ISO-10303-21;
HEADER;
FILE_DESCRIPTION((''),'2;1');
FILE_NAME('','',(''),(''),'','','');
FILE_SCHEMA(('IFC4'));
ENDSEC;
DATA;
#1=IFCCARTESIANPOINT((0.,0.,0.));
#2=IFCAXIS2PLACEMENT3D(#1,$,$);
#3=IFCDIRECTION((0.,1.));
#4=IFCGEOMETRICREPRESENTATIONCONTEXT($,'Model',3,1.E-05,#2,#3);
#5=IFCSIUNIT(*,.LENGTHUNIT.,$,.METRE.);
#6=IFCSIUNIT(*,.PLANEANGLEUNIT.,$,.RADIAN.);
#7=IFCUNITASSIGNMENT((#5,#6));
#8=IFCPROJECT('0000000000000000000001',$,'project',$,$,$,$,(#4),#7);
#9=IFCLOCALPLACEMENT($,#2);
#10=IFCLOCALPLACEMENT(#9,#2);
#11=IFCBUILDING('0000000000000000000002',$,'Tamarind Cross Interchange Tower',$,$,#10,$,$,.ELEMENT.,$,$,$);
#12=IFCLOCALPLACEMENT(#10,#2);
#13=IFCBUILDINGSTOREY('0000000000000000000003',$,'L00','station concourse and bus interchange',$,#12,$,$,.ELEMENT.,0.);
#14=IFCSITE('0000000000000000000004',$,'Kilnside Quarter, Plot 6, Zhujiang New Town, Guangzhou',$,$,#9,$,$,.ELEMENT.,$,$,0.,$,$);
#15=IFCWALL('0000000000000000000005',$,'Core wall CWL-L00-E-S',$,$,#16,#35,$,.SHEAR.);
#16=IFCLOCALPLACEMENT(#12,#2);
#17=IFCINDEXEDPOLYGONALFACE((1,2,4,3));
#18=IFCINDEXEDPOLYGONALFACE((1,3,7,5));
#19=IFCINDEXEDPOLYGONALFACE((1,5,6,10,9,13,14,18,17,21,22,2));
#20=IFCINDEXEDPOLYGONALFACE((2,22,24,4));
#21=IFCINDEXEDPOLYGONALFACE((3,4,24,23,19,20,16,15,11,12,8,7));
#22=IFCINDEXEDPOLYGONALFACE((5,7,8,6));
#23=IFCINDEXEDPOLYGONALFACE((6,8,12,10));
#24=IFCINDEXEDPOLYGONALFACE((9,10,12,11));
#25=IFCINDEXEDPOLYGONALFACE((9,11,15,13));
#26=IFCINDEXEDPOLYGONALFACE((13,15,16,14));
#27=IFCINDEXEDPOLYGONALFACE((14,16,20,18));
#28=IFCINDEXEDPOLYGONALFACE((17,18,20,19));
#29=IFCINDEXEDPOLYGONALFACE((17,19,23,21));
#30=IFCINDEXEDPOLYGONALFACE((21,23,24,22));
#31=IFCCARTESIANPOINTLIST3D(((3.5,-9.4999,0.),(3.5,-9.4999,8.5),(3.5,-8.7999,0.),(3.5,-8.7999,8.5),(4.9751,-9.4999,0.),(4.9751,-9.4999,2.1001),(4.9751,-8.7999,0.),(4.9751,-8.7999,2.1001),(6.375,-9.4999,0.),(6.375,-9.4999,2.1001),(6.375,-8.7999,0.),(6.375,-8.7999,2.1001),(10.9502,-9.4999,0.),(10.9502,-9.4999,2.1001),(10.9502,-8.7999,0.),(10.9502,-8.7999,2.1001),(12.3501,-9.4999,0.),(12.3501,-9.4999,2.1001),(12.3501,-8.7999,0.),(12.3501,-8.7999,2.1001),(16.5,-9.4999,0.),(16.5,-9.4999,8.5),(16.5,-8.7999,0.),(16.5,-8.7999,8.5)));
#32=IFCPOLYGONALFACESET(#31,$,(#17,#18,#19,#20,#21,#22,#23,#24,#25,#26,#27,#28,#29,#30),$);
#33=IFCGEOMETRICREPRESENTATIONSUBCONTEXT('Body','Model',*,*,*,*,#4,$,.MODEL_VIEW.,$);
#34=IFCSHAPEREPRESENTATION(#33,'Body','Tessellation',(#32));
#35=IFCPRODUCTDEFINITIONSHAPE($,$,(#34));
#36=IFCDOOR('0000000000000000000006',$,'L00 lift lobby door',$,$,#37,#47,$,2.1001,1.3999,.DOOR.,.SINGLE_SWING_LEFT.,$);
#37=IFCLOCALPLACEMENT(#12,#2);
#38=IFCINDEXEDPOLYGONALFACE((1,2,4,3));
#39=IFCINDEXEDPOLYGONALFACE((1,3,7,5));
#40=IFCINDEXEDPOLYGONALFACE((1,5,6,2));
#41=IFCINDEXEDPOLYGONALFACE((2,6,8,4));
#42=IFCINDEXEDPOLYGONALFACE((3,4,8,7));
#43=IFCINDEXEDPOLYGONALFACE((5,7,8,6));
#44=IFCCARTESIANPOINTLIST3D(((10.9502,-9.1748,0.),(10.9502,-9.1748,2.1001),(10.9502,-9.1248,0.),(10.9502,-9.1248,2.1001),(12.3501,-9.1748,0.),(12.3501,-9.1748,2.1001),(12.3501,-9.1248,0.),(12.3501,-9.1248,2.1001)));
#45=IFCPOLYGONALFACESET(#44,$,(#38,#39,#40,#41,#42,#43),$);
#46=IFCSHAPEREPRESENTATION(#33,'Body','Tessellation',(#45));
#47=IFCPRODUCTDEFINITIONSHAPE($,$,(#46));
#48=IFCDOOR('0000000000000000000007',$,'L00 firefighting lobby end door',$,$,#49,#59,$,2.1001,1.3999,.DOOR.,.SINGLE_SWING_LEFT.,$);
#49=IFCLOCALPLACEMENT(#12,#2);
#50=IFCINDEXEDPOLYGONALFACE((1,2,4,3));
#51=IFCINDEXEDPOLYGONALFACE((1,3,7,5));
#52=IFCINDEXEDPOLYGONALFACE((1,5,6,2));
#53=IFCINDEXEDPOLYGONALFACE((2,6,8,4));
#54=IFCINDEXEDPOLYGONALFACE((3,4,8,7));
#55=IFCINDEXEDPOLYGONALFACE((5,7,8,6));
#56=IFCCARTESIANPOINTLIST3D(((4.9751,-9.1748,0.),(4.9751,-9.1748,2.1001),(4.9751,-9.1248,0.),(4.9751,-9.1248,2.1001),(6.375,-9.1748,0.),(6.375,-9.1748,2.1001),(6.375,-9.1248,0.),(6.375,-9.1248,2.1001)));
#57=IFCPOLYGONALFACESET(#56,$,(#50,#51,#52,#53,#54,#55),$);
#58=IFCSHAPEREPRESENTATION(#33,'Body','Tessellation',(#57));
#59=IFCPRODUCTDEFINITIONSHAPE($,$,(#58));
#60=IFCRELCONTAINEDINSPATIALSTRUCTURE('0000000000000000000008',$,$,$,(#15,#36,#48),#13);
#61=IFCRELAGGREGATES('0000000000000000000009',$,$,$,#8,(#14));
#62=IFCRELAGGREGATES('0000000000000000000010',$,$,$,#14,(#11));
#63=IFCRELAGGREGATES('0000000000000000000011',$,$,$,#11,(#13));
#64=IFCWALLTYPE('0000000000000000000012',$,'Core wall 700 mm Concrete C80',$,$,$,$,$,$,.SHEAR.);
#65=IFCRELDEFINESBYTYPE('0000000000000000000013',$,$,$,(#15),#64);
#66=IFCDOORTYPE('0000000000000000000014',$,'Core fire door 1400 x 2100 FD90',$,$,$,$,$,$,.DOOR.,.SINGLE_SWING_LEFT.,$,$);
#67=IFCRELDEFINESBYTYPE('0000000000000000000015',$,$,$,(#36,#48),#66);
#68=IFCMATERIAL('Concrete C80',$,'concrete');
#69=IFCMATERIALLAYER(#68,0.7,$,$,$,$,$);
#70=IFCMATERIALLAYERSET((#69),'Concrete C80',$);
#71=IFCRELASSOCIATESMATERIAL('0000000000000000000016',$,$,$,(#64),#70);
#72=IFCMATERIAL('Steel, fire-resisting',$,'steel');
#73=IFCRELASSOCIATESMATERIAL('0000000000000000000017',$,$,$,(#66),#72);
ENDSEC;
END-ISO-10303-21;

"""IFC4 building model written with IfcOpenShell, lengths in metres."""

from ifc_helpers import new_model, si_unit, direction, frame, frame_2d, origin, place, context, subcontext, project, spatial, rectangle, extrude, material, layer, layer_set, type_object, element, fill, save


model = new_model("IFC4")

# Units and contexts
model_context = context("Model", 3, precision=1e-05, world=origin(), true_north=direction((0.0, 1.0)))
body_context = subcontext(model_context, "Body", "Model", "MODEL_VIEW")
ifc_project = project(units=[si_unit("LENGTHUNIT", "METRE"), si_unit("PLANEANGLEUNIT", "RADIAN")], contexts=[model_context])

# Site, building, storey
site_placement = place(None, origin())
site = spatial("IfcSite", under=ifc_project, at=site_placement, Name="Kilnside Quarter, Plot 6, Zhujiang New Town, Guangzhou", CompositionType="ELEMENT", RefElevation=0.0)
building_placement = place(site_placement, origin())
building = spatial("IfcBuilding", under=site, at=building_placement, Name="Tamarind Cross Interchange Tower", CompositionType="ELEMENT")
storey_placement = place(building_placement, origin())
storey = spatial("IfcBuildingStorey", under=building, at=storey_placement, Name="L00", Description="station concourse and bus interchange", CompositionType="ELEMENT", Elevation=0.0)

# Shared definitions
ifc_material_1 = material(Name="Concrete C80", Category="concrete")

# Wall, openings, doors
ifc_layer_1 = layer(ifc_material_1, 0.7)
ifc_layer_set_1 = layer_set([ifc_layer_1], Name="Concrete C80")
wall_type_1 = type_object("IfcWallType", Name="Core wall 700 mm Concrete C80", PredefinedType="SHEAR", material=ifc_layer_set_1)
wall_1_placement = place(storey_placement, frame((16.5, -9.1499, 0.0), z_axis=(0.0, 0.0, 1.0), x_axis=(-1.0, 0.0, 0.0)))
wall_1 = element("IfcWall", 1, at=wall_1_placement, inside=storey, type_object=wall_type_1, Name="Core wall CWL-L00-E-S", PredefinedType="SHEAR", context=body_context, shape_type="SweptSolid", body=[
    extrude(rectangle(XDim=13.0, YDim=0.7, at=frame_2d((6.5, 0.0))), origin(), (0.0, 0.0, 1.0), 8.5),
])
opening_1_placement = place(wall_1_placement, frame((4.1499, 0.0, 0.0)))
opening_1 = element("IfcOpeningElement", 2, at=opening_1_placement, cuts=wall_1, PredefinedType="OPENING", context=body_context, shape_type="SweptSolid", body=[
    extrude(rectangle(XDim=1.3999, YDim=2.1001, at=frame_2d((0.7, 1.05))), frame((0.0, 0.3599, 0.0), z_axis=(0.0, -1.0, 0.0), x_axis=(1.0, 0.0, 0.0)), (0.0, 0.0, 1.0), 0.72),
])
opening_2_placement = place(wall_1_placement, frame((10.125, 0.0, 0.0)))
opening_2 = element("IfcOpeningElement", 3, at=opening_2_placement, cuts=wall_1, PredefinedType="OPENING", context=body_context, shape_type="SweptSolid", body=[
    extrude(rectangle(XDim=1.3999, YDim=2.1001, at=frame_2d((0.7, 1.05))), frame((0.0, 0.3599, 0.0), z_axis=(0.0, -1.0, 0.0), x_axis=(1.0, 0.0, 0.0)), (0.0, 0.0, 1.0), 0.72),
])
ifc_material_2 = material(Name="Steel, fire-resisting", Category="steel")
door_type_1 = type_object("IfcDoorType", Name="Core fire door 1400 x 2100 FD90", OperationType="SINGLE_SWING_LEFT", PredefinedType="DOOR", material=ifc_material_2)
door_1_placement = place(opening_1_placement, origin())
door_1 = element("IfcDoor", 4, at=door_1_placement, inside=storey, type_object=door_type_1, Name="L00 lift lobby door", OperationType="SINGLE_SWING_LEFT", OverallHeight=2.1001, OverallWidth=1.3999, PredefinedType="DOOR", context=body_context, shape_type="SweptSolid", body=[
    extrude(rectangle(XDim=1.3999, YDim=2.1001, at=frame_2d((0.7, 1.05))), frame((0.0, 0.0249, 0.0), z_axis=(0.0, -1.0, 0.0), x_axis=(1.0, 0.0, 0.0)), (0.0, 0.0, 1.0), 0.05),
])
fill(opening_1, door_1)
door_2_placement = place(opening_2_placement, origin())
door_2 = element("IfcDoor", 5, at=door_2_placement, inside=storey, type_object=door_type_1, Name="L00 firefighting lobby end door", OperationType="SINGLE_SWING_LEFT", OverallHeight=2.1001, OverallWidth=1.3999, PredefinedType="DOOR", context=body_context, shape_type="SweptSolid", body=[
    extrude(rectangle(XDim=1.3999, YDim=2.1001, at=frame_2d((0.7, 1.05))), frame((0.0, 0.0249, 0.0), z_axis=(0.0, -1.0, 0.0), x_axis=(1.0, 0.0, 0.0)), (0.0, 0.0, 1.0), 0.05),
])
fill(opening_2, door_2)

save(model, "model.ifc")
